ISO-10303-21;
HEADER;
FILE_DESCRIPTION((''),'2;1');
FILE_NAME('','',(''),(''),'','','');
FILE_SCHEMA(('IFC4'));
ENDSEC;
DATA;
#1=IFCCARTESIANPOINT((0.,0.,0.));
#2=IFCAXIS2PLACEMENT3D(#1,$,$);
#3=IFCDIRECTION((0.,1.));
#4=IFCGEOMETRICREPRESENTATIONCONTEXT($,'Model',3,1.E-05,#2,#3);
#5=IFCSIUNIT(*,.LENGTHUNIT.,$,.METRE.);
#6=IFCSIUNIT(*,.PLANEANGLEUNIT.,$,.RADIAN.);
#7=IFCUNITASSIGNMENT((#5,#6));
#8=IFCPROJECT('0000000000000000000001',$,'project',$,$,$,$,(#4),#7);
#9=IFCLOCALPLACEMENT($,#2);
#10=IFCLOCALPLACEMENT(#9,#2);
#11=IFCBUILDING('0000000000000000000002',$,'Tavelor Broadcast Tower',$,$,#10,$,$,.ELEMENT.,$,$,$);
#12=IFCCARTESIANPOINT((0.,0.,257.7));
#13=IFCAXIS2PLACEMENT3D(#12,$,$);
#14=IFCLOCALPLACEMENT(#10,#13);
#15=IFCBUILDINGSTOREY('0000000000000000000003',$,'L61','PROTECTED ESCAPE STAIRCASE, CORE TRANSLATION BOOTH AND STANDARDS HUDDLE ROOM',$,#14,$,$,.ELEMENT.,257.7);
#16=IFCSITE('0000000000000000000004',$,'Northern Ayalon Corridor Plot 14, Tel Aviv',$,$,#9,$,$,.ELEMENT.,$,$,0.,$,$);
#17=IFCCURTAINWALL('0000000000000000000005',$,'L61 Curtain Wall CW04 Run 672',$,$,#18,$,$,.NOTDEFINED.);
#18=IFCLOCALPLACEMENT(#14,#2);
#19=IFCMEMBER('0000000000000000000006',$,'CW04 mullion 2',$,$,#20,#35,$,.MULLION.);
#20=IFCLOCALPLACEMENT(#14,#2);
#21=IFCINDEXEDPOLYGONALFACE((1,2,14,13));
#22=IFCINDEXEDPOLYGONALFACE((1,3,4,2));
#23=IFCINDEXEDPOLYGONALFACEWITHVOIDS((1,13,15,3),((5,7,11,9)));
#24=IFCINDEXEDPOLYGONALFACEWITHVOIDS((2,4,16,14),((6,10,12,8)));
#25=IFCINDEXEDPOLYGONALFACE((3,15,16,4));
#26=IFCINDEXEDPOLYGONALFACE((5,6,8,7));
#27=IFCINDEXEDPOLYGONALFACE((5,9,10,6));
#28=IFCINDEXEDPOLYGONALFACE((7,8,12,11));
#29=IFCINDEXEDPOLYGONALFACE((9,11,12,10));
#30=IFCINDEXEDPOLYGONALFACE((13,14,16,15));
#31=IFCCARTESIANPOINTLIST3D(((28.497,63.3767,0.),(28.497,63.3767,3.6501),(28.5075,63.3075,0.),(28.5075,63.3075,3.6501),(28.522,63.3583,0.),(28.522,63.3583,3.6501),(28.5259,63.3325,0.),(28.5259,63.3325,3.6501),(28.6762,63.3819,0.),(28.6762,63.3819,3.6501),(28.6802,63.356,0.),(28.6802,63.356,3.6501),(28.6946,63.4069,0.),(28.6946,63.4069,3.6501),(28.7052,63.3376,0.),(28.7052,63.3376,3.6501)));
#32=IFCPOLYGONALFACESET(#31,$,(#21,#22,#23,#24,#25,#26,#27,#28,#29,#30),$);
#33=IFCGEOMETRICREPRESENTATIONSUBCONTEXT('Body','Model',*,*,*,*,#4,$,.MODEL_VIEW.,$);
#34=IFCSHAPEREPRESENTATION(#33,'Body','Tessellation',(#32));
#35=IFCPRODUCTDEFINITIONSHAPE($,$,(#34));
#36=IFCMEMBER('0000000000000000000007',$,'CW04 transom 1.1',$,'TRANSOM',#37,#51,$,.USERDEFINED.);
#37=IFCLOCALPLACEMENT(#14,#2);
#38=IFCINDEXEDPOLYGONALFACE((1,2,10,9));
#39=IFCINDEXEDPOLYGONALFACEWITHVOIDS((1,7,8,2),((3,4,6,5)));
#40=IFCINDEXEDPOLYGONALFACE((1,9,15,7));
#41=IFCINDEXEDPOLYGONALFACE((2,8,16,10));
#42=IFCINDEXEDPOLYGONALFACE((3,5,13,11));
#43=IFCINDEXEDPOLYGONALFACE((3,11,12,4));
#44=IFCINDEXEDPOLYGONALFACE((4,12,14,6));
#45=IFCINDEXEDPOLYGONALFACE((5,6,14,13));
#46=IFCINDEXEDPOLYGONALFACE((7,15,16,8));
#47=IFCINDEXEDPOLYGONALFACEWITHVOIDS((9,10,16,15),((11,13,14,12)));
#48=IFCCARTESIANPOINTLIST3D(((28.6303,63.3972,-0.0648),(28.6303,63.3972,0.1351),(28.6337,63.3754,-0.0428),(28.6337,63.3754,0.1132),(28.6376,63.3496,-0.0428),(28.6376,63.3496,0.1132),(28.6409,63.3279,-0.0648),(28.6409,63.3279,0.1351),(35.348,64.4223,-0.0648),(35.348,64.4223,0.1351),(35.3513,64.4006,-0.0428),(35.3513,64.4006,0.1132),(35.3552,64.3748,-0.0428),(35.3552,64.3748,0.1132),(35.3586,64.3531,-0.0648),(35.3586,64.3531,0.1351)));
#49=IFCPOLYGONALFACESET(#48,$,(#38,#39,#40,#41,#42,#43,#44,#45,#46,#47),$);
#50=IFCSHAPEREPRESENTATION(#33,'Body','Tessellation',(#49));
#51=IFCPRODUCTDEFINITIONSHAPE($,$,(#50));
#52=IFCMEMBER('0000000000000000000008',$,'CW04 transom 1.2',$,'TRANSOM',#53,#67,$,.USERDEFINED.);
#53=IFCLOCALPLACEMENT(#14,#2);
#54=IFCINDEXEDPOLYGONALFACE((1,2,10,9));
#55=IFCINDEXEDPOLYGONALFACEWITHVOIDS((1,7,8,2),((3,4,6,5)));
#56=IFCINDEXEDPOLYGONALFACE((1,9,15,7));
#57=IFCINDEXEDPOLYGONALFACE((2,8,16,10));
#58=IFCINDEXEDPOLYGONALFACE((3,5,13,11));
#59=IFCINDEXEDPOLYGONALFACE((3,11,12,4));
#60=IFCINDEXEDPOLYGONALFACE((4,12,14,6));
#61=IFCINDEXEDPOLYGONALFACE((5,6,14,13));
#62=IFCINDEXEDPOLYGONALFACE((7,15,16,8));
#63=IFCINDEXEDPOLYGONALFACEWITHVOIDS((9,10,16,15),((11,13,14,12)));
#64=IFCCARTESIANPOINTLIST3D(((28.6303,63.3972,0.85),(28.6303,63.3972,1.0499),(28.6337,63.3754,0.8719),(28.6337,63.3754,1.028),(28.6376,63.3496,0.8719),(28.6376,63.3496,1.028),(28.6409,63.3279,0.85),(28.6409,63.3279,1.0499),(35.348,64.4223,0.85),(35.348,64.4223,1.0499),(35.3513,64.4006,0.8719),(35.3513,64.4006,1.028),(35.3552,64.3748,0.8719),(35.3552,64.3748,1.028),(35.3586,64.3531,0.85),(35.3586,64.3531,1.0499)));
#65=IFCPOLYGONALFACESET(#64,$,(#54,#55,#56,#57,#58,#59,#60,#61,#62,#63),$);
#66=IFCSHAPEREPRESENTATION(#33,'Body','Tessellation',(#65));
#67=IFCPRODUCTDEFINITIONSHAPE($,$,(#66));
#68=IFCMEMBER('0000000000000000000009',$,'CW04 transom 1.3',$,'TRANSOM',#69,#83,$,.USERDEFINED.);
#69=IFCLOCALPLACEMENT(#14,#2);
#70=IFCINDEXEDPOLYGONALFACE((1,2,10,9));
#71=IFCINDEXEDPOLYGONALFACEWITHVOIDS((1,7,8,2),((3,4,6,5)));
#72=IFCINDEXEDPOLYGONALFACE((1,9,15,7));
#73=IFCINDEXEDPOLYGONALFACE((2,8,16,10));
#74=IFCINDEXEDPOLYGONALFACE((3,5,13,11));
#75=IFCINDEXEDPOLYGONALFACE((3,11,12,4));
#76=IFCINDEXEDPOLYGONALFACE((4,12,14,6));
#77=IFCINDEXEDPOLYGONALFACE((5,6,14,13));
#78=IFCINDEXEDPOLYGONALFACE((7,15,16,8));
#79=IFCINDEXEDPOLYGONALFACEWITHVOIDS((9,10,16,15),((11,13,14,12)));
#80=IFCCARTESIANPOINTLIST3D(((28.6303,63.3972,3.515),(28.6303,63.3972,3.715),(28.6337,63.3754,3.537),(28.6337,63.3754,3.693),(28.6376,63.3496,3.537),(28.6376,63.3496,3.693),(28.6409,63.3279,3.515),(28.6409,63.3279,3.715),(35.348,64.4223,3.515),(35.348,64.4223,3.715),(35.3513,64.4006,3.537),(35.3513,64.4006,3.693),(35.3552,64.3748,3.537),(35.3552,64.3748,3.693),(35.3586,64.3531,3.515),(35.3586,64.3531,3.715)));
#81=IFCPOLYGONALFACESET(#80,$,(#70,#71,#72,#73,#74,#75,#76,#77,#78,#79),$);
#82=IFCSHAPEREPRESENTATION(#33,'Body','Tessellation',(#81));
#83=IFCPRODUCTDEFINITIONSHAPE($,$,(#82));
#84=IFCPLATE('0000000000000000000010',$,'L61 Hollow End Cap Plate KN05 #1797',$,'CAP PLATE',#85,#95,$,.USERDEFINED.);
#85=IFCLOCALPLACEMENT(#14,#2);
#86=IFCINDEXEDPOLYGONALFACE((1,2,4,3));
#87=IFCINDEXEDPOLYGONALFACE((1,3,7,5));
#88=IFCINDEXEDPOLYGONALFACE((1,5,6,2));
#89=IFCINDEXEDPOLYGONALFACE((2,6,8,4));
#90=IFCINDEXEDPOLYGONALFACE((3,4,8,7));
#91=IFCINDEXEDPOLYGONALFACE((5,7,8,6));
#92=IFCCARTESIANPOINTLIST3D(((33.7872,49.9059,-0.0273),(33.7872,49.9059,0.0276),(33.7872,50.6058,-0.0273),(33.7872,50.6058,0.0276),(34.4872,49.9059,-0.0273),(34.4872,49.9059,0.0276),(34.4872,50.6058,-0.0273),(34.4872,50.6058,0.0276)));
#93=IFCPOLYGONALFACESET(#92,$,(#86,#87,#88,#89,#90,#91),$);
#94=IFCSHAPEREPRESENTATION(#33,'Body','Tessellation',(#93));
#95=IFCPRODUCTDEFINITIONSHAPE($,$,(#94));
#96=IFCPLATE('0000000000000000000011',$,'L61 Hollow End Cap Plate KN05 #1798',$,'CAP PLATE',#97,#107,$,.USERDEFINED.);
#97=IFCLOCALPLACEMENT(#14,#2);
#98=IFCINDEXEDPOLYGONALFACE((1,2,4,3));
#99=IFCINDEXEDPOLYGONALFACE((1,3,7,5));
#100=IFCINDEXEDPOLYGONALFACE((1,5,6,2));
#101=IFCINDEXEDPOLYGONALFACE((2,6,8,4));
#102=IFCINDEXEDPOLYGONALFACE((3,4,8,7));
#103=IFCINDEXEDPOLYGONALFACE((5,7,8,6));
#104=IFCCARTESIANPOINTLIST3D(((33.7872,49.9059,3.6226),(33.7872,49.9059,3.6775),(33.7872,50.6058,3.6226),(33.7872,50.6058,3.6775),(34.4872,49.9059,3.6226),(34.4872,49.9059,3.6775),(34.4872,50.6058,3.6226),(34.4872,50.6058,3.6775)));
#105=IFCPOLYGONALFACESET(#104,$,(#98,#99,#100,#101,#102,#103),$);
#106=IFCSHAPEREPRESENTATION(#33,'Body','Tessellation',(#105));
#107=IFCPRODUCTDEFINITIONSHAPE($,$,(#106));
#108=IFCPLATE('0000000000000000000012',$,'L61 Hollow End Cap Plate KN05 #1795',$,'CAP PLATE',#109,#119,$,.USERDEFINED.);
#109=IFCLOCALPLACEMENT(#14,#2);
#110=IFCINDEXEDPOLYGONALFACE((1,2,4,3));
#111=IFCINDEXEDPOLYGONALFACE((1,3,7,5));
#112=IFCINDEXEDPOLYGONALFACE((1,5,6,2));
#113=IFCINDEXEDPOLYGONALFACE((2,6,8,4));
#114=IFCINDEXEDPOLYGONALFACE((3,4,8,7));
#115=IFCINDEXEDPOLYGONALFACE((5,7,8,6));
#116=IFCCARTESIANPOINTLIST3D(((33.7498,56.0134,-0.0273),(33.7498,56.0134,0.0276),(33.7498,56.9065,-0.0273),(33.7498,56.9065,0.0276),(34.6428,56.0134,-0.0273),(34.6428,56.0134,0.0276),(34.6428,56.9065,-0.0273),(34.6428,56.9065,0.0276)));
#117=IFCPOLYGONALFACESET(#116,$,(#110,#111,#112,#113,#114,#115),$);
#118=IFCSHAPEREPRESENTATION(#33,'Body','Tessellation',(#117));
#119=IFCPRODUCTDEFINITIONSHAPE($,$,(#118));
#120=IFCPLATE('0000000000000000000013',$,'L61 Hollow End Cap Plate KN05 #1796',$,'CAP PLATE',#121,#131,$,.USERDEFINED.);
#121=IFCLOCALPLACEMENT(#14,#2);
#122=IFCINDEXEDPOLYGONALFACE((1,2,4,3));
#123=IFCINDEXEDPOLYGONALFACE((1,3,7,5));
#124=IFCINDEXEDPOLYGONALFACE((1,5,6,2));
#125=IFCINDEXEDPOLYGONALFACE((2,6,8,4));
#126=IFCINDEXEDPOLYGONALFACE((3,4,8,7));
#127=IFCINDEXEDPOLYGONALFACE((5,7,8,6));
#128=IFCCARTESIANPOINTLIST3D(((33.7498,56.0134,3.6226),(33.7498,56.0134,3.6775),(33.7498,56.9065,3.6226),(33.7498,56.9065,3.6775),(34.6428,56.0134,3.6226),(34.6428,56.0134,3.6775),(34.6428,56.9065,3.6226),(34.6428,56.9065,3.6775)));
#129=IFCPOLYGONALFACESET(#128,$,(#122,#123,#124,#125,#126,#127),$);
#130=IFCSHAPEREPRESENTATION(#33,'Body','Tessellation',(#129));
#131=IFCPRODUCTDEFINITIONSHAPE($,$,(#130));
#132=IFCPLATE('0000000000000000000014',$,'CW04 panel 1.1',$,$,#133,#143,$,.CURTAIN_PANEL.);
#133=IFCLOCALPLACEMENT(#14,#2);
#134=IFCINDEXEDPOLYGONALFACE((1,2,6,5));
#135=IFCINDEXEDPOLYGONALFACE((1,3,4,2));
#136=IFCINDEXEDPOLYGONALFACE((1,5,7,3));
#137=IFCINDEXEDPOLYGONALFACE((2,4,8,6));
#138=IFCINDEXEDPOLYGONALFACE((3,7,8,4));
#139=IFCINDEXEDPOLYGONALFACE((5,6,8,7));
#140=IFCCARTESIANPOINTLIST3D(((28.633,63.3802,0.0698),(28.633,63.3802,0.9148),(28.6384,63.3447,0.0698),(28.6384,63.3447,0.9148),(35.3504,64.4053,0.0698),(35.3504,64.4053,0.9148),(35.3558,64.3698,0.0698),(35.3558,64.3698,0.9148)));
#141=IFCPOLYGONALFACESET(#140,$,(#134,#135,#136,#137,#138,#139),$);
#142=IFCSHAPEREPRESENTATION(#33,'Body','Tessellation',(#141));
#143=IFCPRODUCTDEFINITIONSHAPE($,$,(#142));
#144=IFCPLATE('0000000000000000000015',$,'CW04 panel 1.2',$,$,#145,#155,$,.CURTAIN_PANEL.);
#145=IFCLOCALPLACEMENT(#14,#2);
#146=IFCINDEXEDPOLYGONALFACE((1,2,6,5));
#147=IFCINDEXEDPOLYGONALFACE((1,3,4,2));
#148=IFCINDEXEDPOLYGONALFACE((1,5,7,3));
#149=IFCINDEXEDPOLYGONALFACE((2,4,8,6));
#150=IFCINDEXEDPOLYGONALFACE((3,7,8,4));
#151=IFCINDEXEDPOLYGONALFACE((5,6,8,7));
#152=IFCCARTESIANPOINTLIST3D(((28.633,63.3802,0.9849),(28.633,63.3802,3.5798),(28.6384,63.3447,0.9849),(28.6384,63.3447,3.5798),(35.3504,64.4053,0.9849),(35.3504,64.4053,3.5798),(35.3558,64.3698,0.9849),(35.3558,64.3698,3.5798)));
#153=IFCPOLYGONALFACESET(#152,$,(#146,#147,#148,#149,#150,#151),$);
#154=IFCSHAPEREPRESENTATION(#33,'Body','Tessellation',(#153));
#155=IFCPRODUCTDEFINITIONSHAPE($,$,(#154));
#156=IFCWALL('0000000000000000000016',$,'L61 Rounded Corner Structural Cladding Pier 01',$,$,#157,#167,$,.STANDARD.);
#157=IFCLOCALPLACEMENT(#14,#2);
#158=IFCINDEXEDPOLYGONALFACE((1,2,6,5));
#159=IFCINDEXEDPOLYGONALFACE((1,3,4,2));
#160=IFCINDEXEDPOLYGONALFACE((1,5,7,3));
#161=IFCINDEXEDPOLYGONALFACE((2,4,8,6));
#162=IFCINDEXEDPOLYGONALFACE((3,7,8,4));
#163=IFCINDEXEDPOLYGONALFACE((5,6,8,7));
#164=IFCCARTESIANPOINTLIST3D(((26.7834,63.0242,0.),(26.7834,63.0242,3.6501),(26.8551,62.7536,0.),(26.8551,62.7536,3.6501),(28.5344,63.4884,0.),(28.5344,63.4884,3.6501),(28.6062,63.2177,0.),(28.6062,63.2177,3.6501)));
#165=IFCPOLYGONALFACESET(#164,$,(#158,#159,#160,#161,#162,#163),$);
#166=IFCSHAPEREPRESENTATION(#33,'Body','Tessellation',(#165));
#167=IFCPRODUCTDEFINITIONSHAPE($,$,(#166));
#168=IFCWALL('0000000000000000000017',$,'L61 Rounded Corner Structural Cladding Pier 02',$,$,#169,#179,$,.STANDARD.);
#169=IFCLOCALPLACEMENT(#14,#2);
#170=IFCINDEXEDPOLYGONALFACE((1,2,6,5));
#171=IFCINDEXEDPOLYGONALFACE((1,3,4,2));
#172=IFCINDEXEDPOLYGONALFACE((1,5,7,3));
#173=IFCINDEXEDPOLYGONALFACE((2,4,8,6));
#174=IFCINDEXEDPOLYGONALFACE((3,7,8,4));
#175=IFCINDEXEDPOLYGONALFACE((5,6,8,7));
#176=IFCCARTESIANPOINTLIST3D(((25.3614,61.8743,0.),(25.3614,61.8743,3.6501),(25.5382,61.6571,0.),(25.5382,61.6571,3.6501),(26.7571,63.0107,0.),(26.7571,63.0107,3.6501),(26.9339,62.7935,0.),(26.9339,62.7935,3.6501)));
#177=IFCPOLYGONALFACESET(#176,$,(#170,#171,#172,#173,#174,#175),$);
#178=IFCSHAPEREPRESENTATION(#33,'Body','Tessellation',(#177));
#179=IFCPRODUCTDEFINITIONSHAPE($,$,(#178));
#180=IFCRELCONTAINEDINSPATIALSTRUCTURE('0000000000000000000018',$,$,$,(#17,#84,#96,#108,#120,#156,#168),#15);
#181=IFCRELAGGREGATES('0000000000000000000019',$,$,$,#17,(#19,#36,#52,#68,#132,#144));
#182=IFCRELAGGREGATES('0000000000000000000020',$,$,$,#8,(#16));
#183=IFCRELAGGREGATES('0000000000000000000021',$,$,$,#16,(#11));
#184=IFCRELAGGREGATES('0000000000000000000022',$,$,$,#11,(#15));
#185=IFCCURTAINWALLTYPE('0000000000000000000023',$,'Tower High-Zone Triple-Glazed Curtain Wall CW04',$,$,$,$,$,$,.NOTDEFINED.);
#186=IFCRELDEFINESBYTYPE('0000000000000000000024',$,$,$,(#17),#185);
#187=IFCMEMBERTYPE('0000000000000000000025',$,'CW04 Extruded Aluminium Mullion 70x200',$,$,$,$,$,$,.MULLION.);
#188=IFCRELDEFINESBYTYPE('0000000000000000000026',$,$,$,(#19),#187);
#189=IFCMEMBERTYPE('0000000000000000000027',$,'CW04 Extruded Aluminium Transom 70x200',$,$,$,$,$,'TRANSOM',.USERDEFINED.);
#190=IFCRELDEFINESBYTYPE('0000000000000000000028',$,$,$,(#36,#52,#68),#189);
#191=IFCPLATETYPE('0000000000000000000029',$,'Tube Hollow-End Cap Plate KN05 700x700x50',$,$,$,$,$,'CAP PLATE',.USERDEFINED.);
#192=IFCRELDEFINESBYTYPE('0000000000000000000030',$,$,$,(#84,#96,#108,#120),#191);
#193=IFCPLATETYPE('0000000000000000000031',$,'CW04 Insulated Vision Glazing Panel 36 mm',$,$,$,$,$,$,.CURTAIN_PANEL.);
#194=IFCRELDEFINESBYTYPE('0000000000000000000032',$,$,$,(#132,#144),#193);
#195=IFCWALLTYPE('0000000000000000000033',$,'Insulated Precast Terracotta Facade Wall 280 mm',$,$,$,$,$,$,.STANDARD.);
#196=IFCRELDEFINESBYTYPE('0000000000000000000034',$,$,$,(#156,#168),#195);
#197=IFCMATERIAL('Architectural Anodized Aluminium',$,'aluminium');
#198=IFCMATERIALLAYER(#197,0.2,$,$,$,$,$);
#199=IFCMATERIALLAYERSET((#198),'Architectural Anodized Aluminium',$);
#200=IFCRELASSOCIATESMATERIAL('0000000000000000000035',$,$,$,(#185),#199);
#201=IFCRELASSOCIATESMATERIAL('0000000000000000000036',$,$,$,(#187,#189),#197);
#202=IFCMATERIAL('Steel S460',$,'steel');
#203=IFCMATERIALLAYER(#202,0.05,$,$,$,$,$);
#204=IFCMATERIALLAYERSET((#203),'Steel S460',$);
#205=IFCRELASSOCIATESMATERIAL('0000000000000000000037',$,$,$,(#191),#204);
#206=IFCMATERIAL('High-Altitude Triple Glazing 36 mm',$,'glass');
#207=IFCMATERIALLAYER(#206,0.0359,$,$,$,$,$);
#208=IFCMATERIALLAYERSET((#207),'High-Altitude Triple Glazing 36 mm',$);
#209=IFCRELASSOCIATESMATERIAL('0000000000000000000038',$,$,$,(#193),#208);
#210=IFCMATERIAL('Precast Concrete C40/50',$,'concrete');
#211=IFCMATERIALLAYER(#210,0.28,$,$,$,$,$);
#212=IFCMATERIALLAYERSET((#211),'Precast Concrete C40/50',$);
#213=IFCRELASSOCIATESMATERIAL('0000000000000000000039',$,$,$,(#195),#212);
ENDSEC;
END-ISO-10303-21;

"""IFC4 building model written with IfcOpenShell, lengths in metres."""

from ifc_helpers import new_model, si_unit, direction, frame, frame_2d, origin, origin_2d, place, context, subcontext, project, spatial, rectangle, hollow_rectangle, extrude, source, transform, mapped, material, layer, layer_set, material_profile, profile_set, type_object, type_shapes, element, aggregate, save


model = new_model("IFC4")

# Units and contexts
model_context = context("Model", 3, precision=1e-05, world=origin(), true_north=direction((0.0, 1.0)))
body_context = subcontext(model_context, "Body", "Model", "MODEL_VIEW")
ifc_project = project(units=[si_unit("LENGTHUNIT", "METRE"), si_unit("PLANEANGLEUNIT", "RADIAN")], contexts=[model_context])

# Site, building, storey
site_placement = place(None, origin())
site = spatial("IfcSite", under=ifc_project, at=site_placement, Name="Northern Ayalon Corridor Plot 14, Tel Aviv", CompositionType="ELEMENT", RefElevation=0.0)
building_placement = place(site_placement, origin())
building = spatial("IfcBuilding", under=site, at=building_placement, Name="Tavelor Broadcast Tower", CompositionType="ELEMENT")
storey_placement = place(building_placement, frame((0.0, 0.0, 257.7)))
storey = spatial("IfcBuildingStorey", under=building, at=storey_placement, Name="L61", Description="PROTECTED ESCAPE STAIRCASE, CORE TRANSLATION BOOTH AND STANDARDS HUDDLE ROOM", CompositionType="ELEMENT", Elevation=257.7)

# Shared definitions
ifc_material_1 = material(Name="Steel S460", Category="steel")

# Curtain wall, members
ifc_material_2 = material(Name="Architectural Anodized Aluminium", Category="aluminium")
ifc_layer_1 = layer(ifc_material_2, 0.2)
ifc_layer_set_1 = layer_set([ifc_layer_1], Name="Architectural Anodized Aluminium")
curtain_wall_type = type_object("IfcCurtainWallType", Name="Tower High-Zone Triple-Glazed Curtain Wall CW04", PredefinedType="NOTDEFINED", material=ifc_layer_set_1)
curtain_wall_placement = place(storey_placement, origin())
curtain_wall = element("IfcCurtainWall", 1, at=curtain_wall_placement, inside=storey, type_object=curtain_wall_type, Name="L61 Curtain Wall CW04 Run 672", PredefinedType="NOTDEFINED")
ifc_material_profile_1 = material_profile(ifc_material_2, hollow_rectangle(XDim=0.0701, YDim=0.2, WallThickness=0.022, at=origin_2d()), Name="RHS 70x200x22")
ifc_profile_set_1 = profile_set([ifc_material_profile_1], Name="Architectural Anodized Aluminium")
member_type_1 = type_object("IfcMemberType", Name="CW04 Extruded Aluminium Mullion 70x200", PredefinedType="MULLION", material=ifc_profile_set_1)
shared_shape_1 = source(origin(), body_context, "Body", "SweptSolid", [
    extrude(hollow_rectangle(XDim=0.0701, YDim=0.2, WallThickness=0.022, at=origin_2d()), origin(), (0.0, 0.0, 1.0), 3.6501),
])
type_shapes(member_type_1, [shared_shape_1])
member_1_placement = place(storey_placement, frame((28.6011, 63.3572, 0.0), z_axis=(0.0, 0.0, 1.0), x_axis=(0.150852, -0.988556, 0.0)))
member_1 = element("IfcMember", 2, at=member_1_placement, type_object=member_type_1, Name="CW04 mullion 2", PredefinedType="MULLION", context=body_context, shape_type="MappedRepresentation", body=[
    mapped(shared_shape_1, transform((0.0, 0.0, 0.0), scale=1.0)),
])
ifc_material_profile_2 = material_profile(ifc_material_2, hollow_rectangle(XDim=0.0701, YDim=0.2, WallThickness=0.022, at=origin_2d()), Name="RHS 70x200x22")
ifc_profile_set_2 = profile_set([ifc_material_profile_2], Name="Architectural Anodized Aluminium")
member_type_2 = type_object("IfcMemberType", Name="CW04 Extruded Aluminium Transom 70x200", ElementType="TRANSOM", PredefinedType="USERDEFINED", material=ifc_profile_set_2)
shared_shape_2 = source(origin(), body_context, "Body", "SweptSolid", [
    extrude(hollow_rectangle(XDim=0.0701, YDim=0.2, WallThickness=0.022, at=origin_2d()), origin(), (0.0, 0.0, 1.0), 6.7954),
])
type_shapes(member_type_2, [shared_shape_2])
member_2_placement = place(storey_placement, frame((35.3533, 64.3877, 0.0352), z_axis=(-0.988555, -0.150861, 0.0), x_axis=(0.150861, -0.988555, 0.0)))
member_2 = element("IfcMember", 3, at=member_2_placement, type_object=member_type_2, Name="CW04 transom 1.1", ObjectType="TRANSOM", PredefinedType="USERDEFINED", context=body_context, shape_type="MappedRepresentation", body=[
    mapped(shared_shape_2, transform((0.0, 0.0, 0.0), scale=1.0)),
])
member_3_placement = place(storey_placement, frame((35.3533, 64.3877, 0.95), z_axis=(-0.988555, -0.150861, 0.0), x_axis=(0.150861, -0.988555, 0.0)))
member_3 = element("IfcMember", 4, at=member_3_placement, type_object=member_type_2, Name="CW04 transom 1.2", ObjectType="TRANSOM", PredefinedType="USERDEFINED", context=body_context, shape_type="MappedRepresentation", body=[
    mapped(shared_shape_2, transform((0.0, 0.0, 0.0), scale=1.0)),
])
member_4_placement = place(storey_placement, frame((35.3533, 64.3877, 3.615), z_axis=(-0.988555, -0.150861, 0.0), x_axis=(0.150861, -0.988555, 0.0)))
member_4 = element("IfcMember", 5, at=member_4_placement, type_object=member_type_2, Name="CW04 transom 1.3", ObjectType="TRANSOM", PredefinedType="USERDEFINED", context=body_context, shape_type="MappedRepresentation", body=[
    mapped(shared_shape_2, transform((0.0, 0.0, 0.0), scale=1.0)),
])

# Plates
ifc_layer_2 = layer(ifc_material_1, 0.05)
ifc_layer_set_2 = layer_set([ifc_layer_2], Name="Steel S460")
plate_type_1 = type_object("IfcPlateType", Name="Tube Hollow-End Cap Plate KN05 700x700x50", ElementType="CAP PLATE", PredefinedType="USERDEFINED", material=ifc_layer_set_2)
shared_shape_3 = source(origin(), body_context, "Body", "SweptSolid", [
    extrude(rectangle(XDim=0.7, YDim=0.7, at=origin_2d()), origin(), (0.0, 0.0, 1.0), 0.0549),
])
for number, where, z_axis, x_axis, name in (
    (6, (34.1372, 50.2559, -0.0273), (0.0, 0.0, 1.0), (1.0, 0.0, 0.0), "L61 Hollow End Cap Plate KN05 #1797"),
    (7, (34.1372, 50.2559, 3.6226), (0.0, 0.0, 1.0), (1.0, 0.0, 0.0), "L61 Hollow End Cap Plate KN05 #1798"),
):
    element("IfcPlate", number, at=place(storey_placement, frame(where, z_axis=z_axis, x_axis=x_axis)), inside=storey, type_object=plate_type_1, Name=name, ObjectType="CAP PLATE", PredefinedType="USERDEFINED", context=body_context, shape_type="MappedRepresentation", body=[
        mapped(shared_shape_3, transform((0.0, 0.0, 0.0), scale=1.0)),
    ])
shared_shape_4 = source(origin(), body_context, "Body", "SweptSolid", [
    extrude(rectangle(XDim=0.8931, YDim=0.8931, at=origin_2d()), origin(), (0.0, 0.0, 1.0), 0.0549),
])
type_shapes(plate_type_1, [shared_shape_3, shared_shape_4])
for number, where, z_axis, x_axis, name in (
    (8, (34.1963, 56.46, -0.0273), (0.0, 0.0, 1.0), (1.0, 0.0, 0.0), "L61 Hollow End Cap Plate KN05 #1795"),
    (9, (34.1963, 56.46, 3.6226), (0.0, 0.0, 1.0), (1.0, 0.0, 0.0), "L61 Hollow End Cap Plate KN05 #1796"),
):
    element("IfcPlate", number, at=place(storey_placement, frame(where, z_axis=z_axis, x_axis=x_axis)), inside=storey, type_object=plate_type_1, Name=name, ObjectType="CAP PLATE", PredefinedType="USERDEFINED", context=body_context, shape_type="MappedRepresentation", body=[
        mapped(shared_shape_4, transform((0.0, 0.0, 0.0), scale=1.0)),
    ])

# Plates
ifc_material_3 = material(Name="High-Altitude Triple Glazing 36 mm", Category="glass")
ifc_layer_3 = layer(ifc_material_3, 0.0359)
ifc_layer_set_3 = layer_set([ifc_layer_3], Name="High-Altitude Triple Glazing 36 mm")
plate_type_2 = type_object("IfcPlateType", Name="CW04 Insulated Vision Glazing Panel 36 mm", PredefinedType="CURTAIN_PANEL", material=ifc_layer_set_3)
shared_shape_5 = source(origin(), body_context, "Body", "SweptSolid", [
    extrude(rectangle(XDim=6.7952, YDim=0.0359, at=origin_2d()), origin(), (0.0, 0.0, 1.0), 0.845),
])
plate_1_placement = place(storey_placement, frame((31.9944, 63.875, 0.0698), z_axis=(0.0, 0.0, 1.0), x_axis=(-0.988556, -0.150852, 0.0)))
plate_1 = element("IfcPlate", 10, at=plate_1_placement, type_object=plate_type_2, Name="CW04 panel 1.1", PredefinedType="CURTAIN_PANEL", context=body_context, shape_type="MappedRepresentation", body=[
    mapped(shared_shape_5, transform((0.0, 0.0, 0.0), scale=1.0)),
])
shared_shape_6 = source(origin(), body_context, "Body", "SweptSolid", [
    extrude(rectangle(XDim=6.7952, YDim=0.0359, at=origin_2d()), origin(), (0.0, 0.0, 1.0), 2.595),
])
type_shapes(plate_type_2, [shared_shape_5, shared_shape_6])
plate_2_placement = place(storey_placement, frame((31.9944, 63.875, 0.9849), z_axis=(0.0, 0.0, 1.0), x_axis=(-0.988556, -0.150852, 0.0)))
plate_2 = element("IfcPlate", 11, at=plate_2_placement, type_object=plate_type_2, Name="CW04 panel 1.2", PredefinedType="CURTAIN_PANEL", context=body_context, shape_type="MappedRepresentation", body=[
    mapped(shared_shape_6, transform((0.0, 0.0, 0.0), scale=1.0)),
])
aggregate(curtain_wall, [member_1, member_2, member_3, member_4, plate_1, plate_2])

# Walls
ifc_material_4 = material(Name="Precast Concrete C40/50", Category="concrete")
ifc_layer_4 = layer(ifc_material_4, 0.28)
ifc_layer_set_4 = layer_set([ifc_layer_4], Name="Precast Concrete C40/50")
wall_type_1 = type_object("IfcWallType", Name="Insulated Precast Terracotta Facade Wall 280 mm", PredefinedType="STANDARD", material=ifc_layer_set_4)
wall_1_placement = place(storey_placement, frame((28.5703, 63.353, 0.0), z_axis=(0.0, 0.0, 1.0), x_axis=(-0.966621, -0.256211, 0.0)))
element("IfcWall", 12, at=wall_1_placement, inside=storey, type_object=wall_type_1, Name="L61 Rounded Corner Structural Cladding Pier 01", PredefinedType="STANDARD", context=body_context, shape_type="SweptSolid", body=[
    extrude(rectangle(XDim=1.8115, YDim=0.28, at=frame_2d((0.9058, 0.0))), origin(), (0.0, 0.0, 1.0), 3.6501),
])
wall_2_placement = place(storey_placement, frame((26.8455, 62.9021, 0.0), z_axis=(0.0, 0.0, 1.0), x_axis=(-0.775454, -0.631404, 0.0)))
element("IfcWall", 13, at=wall_2_placement, inside=storey, type_object=wall_type_1, Name="L61 Rounded Corner Structural Cladding Pier 02", PredefinedType="STANDARD", context=body_context, shape_type="SweptSolid", body=[
    extrude(rectangle(XDim=1.7998, YDim=0.28, at=frame_2d((0.8999, 0.0))), origin(), (0.0, 0.0, 1.0), 3.6501),
])

save(model, "model.ifc")
